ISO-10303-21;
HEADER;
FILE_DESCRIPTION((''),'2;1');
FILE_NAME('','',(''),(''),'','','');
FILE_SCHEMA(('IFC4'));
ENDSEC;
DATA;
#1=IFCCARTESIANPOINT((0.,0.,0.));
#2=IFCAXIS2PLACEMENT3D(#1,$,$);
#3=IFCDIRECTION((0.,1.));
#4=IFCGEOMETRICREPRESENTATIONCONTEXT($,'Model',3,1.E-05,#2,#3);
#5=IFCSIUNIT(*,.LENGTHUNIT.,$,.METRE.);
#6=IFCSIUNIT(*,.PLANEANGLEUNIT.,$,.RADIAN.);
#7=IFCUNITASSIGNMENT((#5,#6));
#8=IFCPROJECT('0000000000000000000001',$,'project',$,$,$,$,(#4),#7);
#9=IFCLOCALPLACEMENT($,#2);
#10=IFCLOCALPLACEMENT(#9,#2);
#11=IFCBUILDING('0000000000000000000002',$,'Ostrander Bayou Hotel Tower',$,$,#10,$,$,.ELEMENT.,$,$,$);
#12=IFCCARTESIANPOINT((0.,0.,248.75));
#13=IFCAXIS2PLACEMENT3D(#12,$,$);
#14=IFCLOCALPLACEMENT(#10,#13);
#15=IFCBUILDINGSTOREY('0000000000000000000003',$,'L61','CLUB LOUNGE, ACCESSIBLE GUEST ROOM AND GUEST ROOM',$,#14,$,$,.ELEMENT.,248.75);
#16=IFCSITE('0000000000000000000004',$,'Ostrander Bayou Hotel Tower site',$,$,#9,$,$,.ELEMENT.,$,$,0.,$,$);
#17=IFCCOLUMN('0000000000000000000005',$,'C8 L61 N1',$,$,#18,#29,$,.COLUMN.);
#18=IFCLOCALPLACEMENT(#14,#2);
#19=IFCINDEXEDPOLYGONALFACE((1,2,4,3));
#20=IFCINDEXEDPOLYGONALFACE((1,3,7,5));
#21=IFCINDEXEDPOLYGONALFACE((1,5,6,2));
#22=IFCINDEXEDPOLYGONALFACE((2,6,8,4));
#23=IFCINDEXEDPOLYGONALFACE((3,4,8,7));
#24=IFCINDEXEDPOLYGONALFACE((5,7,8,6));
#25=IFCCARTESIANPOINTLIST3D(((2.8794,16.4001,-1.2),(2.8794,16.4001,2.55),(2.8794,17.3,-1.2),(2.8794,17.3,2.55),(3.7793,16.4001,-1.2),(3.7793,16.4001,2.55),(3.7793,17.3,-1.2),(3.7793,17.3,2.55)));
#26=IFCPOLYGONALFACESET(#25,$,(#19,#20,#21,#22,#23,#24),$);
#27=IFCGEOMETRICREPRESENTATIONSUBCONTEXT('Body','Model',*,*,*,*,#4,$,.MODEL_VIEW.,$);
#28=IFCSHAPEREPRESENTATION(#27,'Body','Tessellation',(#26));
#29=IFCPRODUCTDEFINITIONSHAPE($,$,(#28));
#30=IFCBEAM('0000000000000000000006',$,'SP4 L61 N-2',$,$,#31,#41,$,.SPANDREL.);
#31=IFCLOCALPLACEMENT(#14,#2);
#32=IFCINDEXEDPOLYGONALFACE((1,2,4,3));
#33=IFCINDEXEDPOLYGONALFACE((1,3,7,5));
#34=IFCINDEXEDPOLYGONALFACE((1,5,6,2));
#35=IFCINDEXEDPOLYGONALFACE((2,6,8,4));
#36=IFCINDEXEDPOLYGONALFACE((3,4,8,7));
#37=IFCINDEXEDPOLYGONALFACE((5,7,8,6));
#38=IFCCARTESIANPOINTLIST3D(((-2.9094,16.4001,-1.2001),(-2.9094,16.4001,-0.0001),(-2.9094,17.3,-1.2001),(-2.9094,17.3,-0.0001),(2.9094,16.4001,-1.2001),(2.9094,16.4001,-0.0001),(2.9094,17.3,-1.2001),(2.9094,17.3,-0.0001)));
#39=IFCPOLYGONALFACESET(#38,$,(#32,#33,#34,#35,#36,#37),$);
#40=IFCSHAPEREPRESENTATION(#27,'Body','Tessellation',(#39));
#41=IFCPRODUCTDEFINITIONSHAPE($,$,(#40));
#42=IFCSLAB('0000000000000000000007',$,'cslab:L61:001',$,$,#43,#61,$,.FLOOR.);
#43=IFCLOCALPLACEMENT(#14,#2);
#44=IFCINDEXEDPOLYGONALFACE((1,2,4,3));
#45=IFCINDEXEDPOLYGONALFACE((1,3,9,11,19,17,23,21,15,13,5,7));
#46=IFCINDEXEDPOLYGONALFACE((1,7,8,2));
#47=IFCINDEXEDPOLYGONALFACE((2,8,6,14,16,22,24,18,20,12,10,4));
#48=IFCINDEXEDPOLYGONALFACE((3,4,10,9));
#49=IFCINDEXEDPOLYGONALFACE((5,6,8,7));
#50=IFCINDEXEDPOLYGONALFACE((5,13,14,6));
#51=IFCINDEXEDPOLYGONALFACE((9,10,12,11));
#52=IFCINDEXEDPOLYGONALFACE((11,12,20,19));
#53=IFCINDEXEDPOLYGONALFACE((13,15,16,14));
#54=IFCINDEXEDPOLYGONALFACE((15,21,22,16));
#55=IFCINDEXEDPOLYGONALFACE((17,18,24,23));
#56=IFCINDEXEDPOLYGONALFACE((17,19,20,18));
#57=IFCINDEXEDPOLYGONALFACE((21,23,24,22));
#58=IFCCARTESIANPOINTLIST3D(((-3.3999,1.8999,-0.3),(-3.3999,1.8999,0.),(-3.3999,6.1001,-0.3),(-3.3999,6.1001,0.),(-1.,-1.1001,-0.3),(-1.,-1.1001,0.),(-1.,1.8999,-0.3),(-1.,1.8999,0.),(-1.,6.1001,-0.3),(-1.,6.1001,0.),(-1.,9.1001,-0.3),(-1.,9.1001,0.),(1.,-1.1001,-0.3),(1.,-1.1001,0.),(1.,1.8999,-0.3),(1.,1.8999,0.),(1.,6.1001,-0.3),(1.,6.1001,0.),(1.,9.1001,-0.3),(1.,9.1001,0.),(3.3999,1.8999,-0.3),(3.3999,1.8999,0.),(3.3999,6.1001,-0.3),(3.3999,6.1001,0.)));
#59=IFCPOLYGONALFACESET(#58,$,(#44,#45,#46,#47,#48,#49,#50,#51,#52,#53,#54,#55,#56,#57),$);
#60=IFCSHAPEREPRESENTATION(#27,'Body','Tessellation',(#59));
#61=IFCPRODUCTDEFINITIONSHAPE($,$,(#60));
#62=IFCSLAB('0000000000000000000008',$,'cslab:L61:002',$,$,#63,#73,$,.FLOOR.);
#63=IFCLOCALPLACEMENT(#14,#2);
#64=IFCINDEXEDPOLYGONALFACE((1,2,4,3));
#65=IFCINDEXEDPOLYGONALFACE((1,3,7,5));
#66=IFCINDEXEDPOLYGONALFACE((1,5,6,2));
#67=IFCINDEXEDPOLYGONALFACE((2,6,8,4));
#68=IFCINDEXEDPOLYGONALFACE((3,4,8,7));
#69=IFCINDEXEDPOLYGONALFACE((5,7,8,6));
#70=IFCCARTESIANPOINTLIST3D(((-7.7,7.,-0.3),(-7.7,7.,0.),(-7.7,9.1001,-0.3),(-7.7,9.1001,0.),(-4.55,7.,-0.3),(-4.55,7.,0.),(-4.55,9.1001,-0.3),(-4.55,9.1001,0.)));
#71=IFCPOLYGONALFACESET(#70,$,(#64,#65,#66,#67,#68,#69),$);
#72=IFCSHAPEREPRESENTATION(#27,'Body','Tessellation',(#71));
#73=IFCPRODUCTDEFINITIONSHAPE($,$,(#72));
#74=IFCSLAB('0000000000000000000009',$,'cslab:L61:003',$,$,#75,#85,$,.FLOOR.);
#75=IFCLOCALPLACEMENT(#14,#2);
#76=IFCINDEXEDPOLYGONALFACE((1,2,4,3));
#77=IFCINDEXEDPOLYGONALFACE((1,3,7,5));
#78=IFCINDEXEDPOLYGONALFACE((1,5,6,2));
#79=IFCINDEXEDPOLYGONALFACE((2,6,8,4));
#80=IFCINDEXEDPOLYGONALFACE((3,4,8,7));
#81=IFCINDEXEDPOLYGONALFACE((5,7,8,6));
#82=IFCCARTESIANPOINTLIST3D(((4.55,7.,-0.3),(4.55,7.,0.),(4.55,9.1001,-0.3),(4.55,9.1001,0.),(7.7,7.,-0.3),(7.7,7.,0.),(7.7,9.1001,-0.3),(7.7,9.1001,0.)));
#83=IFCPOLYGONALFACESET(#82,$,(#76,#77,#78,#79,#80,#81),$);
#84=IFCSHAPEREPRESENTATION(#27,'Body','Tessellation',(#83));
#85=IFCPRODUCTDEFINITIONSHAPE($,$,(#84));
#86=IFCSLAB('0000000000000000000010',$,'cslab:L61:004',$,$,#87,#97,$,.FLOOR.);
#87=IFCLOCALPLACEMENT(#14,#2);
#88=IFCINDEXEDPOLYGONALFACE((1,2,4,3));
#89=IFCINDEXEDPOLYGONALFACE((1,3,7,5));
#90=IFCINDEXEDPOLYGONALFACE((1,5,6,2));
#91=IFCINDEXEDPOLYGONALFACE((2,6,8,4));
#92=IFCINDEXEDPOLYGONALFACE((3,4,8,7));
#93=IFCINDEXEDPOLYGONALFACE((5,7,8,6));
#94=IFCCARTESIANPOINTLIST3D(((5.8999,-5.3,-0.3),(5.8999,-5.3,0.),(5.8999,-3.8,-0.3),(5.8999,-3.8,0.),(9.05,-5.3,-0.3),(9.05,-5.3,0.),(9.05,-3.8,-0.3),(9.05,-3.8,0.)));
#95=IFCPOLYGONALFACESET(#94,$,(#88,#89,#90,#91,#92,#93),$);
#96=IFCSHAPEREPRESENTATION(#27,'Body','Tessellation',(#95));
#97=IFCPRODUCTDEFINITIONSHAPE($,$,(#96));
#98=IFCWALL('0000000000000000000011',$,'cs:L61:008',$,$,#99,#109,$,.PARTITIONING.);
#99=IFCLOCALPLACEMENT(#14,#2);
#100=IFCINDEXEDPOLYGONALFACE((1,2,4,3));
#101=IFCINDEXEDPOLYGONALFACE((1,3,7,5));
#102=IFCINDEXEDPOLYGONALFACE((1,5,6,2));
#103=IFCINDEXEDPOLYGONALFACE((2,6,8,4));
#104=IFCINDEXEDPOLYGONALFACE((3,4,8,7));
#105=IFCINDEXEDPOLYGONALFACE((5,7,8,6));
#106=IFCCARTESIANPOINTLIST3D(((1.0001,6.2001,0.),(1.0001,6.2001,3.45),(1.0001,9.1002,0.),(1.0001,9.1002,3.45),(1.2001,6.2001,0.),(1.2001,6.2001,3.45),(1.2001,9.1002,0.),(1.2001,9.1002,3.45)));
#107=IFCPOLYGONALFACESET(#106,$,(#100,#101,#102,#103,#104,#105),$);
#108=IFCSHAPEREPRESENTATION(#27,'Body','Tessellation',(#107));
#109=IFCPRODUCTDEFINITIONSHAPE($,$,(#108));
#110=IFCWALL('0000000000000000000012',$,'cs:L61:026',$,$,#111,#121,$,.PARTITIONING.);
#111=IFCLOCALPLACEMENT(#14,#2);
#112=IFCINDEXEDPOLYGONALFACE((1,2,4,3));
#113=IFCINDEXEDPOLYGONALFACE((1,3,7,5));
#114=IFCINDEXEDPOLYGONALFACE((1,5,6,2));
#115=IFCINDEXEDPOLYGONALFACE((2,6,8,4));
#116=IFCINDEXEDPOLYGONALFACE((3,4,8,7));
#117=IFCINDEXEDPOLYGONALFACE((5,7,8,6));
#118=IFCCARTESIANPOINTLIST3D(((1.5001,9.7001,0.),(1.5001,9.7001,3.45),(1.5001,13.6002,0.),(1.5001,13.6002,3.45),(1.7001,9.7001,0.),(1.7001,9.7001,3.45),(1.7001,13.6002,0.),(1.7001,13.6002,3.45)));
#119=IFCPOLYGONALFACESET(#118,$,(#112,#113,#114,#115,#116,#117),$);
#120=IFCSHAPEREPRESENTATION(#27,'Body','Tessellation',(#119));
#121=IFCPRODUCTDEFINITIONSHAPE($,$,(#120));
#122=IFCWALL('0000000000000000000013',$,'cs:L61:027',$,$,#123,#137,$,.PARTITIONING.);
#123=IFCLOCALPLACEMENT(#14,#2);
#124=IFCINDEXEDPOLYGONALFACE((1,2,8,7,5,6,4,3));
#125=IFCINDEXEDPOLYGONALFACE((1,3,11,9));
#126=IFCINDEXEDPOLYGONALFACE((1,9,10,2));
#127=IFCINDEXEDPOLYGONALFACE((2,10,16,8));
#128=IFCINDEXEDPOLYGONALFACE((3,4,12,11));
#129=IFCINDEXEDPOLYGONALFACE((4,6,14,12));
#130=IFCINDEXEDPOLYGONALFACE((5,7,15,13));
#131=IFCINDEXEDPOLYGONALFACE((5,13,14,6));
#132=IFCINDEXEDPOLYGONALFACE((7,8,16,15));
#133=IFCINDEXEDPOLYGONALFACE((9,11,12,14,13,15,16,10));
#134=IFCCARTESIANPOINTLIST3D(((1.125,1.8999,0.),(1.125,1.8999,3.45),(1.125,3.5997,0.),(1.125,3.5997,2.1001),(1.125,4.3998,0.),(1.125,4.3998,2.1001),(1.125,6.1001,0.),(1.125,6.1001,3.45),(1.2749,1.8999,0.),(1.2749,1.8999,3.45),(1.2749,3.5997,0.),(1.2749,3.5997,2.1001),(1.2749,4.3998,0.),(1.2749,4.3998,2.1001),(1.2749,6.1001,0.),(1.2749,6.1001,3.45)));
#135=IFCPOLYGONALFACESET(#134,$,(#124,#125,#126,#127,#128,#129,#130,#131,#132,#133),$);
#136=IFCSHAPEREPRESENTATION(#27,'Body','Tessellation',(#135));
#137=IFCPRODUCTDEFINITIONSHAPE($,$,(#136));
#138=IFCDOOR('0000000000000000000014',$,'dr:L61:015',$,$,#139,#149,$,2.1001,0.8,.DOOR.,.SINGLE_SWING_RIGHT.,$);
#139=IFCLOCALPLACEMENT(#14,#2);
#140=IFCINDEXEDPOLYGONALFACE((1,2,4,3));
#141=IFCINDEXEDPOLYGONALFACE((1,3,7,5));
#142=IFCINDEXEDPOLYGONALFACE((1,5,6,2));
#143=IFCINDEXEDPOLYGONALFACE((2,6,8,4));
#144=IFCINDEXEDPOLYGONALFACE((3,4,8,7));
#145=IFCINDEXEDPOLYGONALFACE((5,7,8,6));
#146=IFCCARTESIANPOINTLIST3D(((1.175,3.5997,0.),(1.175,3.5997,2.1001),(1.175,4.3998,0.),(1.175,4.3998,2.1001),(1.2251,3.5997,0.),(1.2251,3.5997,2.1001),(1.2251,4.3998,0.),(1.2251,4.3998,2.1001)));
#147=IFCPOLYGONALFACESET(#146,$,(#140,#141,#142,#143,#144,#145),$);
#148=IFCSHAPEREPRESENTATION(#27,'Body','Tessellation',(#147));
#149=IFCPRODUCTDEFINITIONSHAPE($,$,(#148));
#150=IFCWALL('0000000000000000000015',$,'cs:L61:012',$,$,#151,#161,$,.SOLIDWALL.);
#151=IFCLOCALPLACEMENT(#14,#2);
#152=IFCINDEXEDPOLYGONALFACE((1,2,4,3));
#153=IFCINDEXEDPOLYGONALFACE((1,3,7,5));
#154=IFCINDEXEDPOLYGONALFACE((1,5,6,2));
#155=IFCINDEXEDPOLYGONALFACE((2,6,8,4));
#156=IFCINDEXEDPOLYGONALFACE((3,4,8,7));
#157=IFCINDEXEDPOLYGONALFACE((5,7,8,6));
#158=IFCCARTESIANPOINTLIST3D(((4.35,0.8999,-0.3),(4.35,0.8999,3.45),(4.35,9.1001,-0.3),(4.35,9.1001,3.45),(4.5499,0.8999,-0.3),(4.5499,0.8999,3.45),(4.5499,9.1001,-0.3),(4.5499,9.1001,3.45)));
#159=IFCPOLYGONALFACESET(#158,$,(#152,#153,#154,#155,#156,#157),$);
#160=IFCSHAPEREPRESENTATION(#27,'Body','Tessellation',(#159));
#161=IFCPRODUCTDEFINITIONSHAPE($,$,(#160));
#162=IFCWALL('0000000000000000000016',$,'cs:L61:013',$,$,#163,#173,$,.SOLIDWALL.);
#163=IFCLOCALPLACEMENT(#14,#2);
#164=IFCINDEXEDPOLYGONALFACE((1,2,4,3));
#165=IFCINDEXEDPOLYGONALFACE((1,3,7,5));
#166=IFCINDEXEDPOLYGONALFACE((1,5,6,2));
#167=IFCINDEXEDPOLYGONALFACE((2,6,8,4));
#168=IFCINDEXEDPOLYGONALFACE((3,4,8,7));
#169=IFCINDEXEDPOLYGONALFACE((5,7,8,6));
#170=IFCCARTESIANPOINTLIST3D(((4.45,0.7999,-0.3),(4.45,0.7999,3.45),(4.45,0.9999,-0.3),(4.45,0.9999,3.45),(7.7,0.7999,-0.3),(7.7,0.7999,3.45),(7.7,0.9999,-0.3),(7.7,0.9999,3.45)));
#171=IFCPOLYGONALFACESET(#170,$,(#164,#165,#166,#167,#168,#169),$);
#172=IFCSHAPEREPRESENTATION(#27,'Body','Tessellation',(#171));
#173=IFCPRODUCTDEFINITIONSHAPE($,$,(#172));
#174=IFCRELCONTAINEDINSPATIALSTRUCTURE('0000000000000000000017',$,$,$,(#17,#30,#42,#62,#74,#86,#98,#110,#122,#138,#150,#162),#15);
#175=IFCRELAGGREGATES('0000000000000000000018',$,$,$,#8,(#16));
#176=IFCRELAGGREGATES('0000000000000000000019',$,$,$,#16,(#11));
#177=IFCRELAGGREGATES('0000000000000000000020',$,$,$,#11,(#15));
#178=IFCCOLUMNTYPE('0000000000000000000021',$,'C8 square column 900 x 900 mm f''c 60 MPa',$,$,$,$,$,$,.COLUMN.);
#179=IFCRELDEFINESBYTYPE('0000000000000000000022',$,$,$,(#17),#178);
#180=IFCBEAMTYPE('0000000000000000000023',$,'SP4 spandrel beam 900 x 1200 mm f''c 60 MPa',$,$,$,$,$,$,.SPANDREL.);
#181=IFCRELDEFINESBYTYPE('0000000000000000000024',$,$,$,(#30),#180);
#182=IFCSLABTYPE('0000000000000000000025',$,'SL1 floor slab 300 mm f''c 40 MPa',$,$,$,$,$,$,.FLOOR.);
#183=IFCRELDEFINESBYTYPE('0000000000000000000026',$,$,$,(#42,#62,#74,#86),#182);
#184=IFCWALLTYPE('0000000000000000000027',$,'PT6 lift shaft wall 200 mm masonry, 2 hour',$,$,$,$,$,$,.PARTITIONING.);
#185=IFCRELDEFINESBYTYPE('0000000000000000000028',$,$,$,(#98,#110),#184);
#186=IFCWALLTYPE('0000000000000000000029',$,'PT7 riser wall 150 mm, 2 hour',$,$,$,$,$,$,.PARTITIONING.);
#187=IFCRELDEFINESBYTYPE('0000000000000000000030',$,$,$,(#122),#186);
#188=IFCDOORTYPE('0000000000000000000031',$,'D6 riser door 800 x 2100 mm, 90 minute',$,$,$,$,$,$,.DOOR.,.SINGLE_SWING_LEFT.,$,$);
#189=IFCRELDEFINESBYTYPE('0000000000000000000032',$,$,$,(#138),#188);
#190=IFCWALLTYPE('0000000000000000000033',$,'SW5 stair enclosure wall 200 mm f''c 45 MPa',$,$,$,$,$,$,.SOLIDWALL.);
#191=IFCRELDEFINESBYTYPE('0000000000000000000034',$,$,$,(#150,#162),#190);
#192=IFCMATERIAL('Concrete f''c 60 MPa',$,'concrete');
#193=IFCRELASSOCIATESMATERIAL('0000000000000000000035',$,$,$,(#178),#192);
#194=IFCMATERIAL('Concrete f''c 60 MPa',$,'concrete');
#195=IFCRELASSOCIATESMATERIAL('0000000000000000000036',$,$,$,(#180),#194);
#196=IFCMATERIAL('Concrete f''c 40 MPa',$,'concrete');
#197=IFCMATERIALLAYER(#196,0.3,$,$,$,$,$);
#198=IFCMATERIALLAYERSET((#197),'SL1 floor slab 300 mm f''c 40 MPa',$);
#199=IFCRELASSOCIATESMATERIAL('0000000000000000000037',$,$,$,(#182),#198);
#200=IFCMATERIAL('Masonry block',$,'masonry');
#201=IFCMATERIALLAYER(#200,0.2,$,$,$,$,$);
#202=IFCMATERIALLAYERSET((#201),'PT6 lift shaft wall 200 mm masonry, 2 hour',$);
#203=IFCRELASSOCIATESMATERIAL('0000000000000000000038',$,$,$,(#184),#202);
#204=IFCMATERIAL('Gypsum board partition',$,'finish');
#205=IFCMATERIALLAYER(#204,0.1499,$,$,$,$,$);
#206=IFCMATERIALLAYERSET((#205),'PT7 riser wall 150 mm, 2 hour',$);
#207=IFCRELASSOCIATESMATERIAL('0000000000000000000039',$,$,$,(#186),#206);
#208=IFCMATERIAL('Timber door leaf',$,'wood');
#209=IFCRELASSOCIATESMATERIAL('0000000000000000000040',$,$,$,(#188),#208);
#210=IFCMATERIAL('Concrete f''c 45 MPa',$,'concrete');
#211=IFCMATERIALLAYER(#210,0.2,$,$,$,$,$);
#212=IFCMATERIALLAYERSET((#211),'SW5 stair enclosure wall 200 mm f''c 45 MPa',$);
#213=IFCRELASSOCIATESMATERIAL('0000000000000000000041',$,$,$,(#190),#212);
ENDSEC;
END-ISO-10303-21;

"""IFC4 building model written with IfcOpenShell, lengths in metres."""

from ifc_helpers import new_model, si_unit, direction, frame, frame_2d, origin, origin_2d, place, context, subcontext, project, spatial, polyline, rectangle, outline, extrude, material, layer, layer_set, material_profile, profile_set, type_object, element, fill, save


model = new_model("IFC4")

# Units and contexts
model_context = context("Model", 3, precision=1e-05, world=origin(), true_north=direction((0.0, 1.0)))
body_context = subcontext(model_context, "Body", "Model", "MODEL_VIEW")
ifc_project = project(units=[si_unit("LENGTHUNIT", "METRE"), si_unit("PLANEANGLEUNIT", "RADIAN")], contexts=[model_context])

# Site, building, storey
site_placement = place(None, origin())
site = spatial("IfcSite", under=ifc_project, at=site_placement, Name="Ostrander Bayou Hotel Tower site", CompositionType="ELEMENT", RefElevation=0.0)
building_placement = place(site_placement, origin())
building = spatial("IfcBuilding", under=site, at=building_placement, Name="Ostrander Bayou Hotel Tower", CompositionType="ELEMENT")
storey_placement = place(building_placement, frame((0.0, 0.0, 248.75)))
storey = spatial("IfcBuildingStorey", under=building, at=storey_placement, Name="L61", Description="CLUB LOUNGE, ACCESSIBLE GUEST ROOM AND GUEST ROOM", CompositionType="ELEMENT", Elevation=248.75)

# Column
ifc_material_1 = material(Name="Concrete f'c 60 MPa", Category="concrete")
ifc_material_profile_1 = material_profile(ifc_material_1, rectangle(XDim=0.8999, YDim=0.8999, at=origin_2d()))
ifc_profile_set_1 = profile_set([ifc_material_profile_1], Name="Concrete f'c 60 MPa")
column_type = type_object("IfcColumnType", Name="C8 square column 900 x 900 mm f'c 60 MPa", PredefinedType="COLUMN", material=ifc_profile_set_1)
column_placement = place(storey_placement, frame((3.3293, 16.8501, -1.2), z_axis=(0.0, 0.0, 1.0), x_axis=(1.0, 0.0, 0.0)))
element("IfcColumn", 1, at=column_placement, inside=storey, type_object=column_type, Name="C8 L61 N1", PredefinedType="COLUMN", context=body_context, shape_type="SweptSolid", body=[
    extrude(rectangle(XDim=0.8999, YDim=0.8999, at=origin_2d()), origin(), (0.0, 0.0, 1.0), 3.75),
])

# Beam
ifc_material_2 = material(Name="Concrete f'c 60 MPa", Category="concrete")
ifc_material_profile_2 = material_profile(ifc_material_2, rectangle(XDim=0.8999, YDim=1.2, at=origin_2d()))
ifc_profile_set_2 = profile_set([ifc_material_profile_2], Name="Concrete f'c 60 MPa")
beam_type = type_object("IfcBeamType", Name="SP4 spandrel beam 900 x 1200 mm f'c 60 MPa", PredefinedType="SPANDREL", material=ifc_profile_set_2)
beam_placement = place(storey_placement, frame((2.9094, 16.8501, -0.6001), z_axis=(-1.0, 0.0, 0.0), x_axis=(0.0, -1.0, 0.0)))
element("IfcBeam", 2, at=beam_placement, inside=storey, type_object=beam_type, Name="SP4 L61 N-2", PredefinedType="SPANDREL", context=body_context, shape_type="SweptSolid", body=[
    extrude(rectangle(XDim=0.8999, YDim=1.2, at=origin_2d()), origin(), (0.0, 0.0, 1.0), 5.8188),
])

# Slabs
ifc_material_3 = material(Name="Concrete f'c 40 MPa", Category="concrete")
ifc_layer_1 = layer(ifc_material_3, 0.3)
ifc_layer_set_1 = layer_set([ifc_layer_1], Name="SL1 floor slab 300 mm f'c 40 MPa")
slab_type = type_object("IfcSlabType", Name="SL1 floor slab 300 mm f'c 40 MPa", PredefinedType="FLOOR", material=ifc_layer_set_1)
slab_1_placement = place(storey_placement, frame((0.0, 0.0, -0.3)))
element("IfcSlab", 3, at=slab_1_placement, inside=storey, type_object=slab_type, Name="cslab:L61:001", PredefinedType="FLOOR", context=body_context, shape_type="SweptSolid", body=[
    extrude(outline(polyline([(-3.3999, 6.1001), (-1.0, 6.1001), (-1.0, 9.1001), (1.0, 9.1001), (1.0, 6.1001), (3.3999, 6.1001), (3.3999, 1.8999), (1.0, 1.8999), (1.0, -1.1001), (-1.0, -1.1001), (-1.0, 1.8999), (-3.3999, 1.8999), (-3.3999, 6.1001)])), origin(), (0.0, 0.0, 1.0), 0.3),
])
slab_2_placement = place(storey_placement, frame((0.0, 0.0, -0.3)))
element("IfcSlab", 4, at=slab_2_placement, inside=storey, type_object=slab_type, Name="cslab:L61:002", PredefinedType="FLOOR", context=body_context, shape_type="SweptSolid", body=[
    extrude(outline(polyline([(-4.55, 7.0), (-4.55, 9.1001), (-7.7, 9.1001), (-7.7, 7.0), (-4.55, 7.0)])), origin(), (0.0, 0.0, 1.0), 0.3),
])
slab_3_placement = place(storey_placement, frame((0.0, 0.0, -0.3)))
element("IfcSlab", 5, at=slab_3_placement, inside=storey, type_object=slab_type, Name="cslab:L61:003", PredefinedType="FLOOR", context=body_context, shape_type="SweptSolid", body=[
    extrude(outline(polyline([(7.7, 7.0), (7.7, 9.1001), (4.55, 9.1001), (4.55, 7.0), (7.7, 7.0)])), origin(), (0.0, 0.0, 1.0), 0.3),
])
slab_4_placement = place(storey_placement, frame((0.0, 0.0, -0.3)))
element("IfcSlab", 6, at=slab_4_placement, inside=storey, type_object=slab_type, Name="cslab:L61:004", PredefinedType="FLOOR", context=body_context, shape_type="SweptSolid", body=[
    extrude(outline(polyline([(9.05, -5.3), (9.05, -3.8), (5.8999, -3.8), (5.8999, -5.3), (9.05, -5.3)])), origin(), (0.0, 0.0, 1.0), 0.3),
])

# Shared definitions
ifc_material_4 = material(Name="Masonry block", Category="masonry")
ifc_layer_2 = layer(ifc_material_4, 0.2)
ifc_layer_set_2 = layer_set([ifc_layer_2], Name="PT6 lift shaft wall 200 mm masonry, 2 hour")
wall_type_1 = type_object("IfcWallType", Name="PT6 lift shaft wall 200 mm masonry, 2 hour", PredefinedType="PARTITIONING", material=ifc_layer_set_2)

# Walls
wall_1_placement = place(storey_placement, frame((1.1001, 6.2, 0.0), z_axis=(0.0, 0.0, 1.0), x_axis=(0.0, 1.0, 0.0)))
element("IfcWall", 7, at=wall_1_placement, inside=storey, type_object=wall_type_1, Name="cs:L61:008", PredefinedType="PARTITIONING", context=body_context, shape_type="SweptSolid", body=[
    extrude(rectangle(XDim=2.9001, YDim=0.2, at=frame_2d((1.4502, 0.0))), origin(), (0.0, 0.0, 1.0), 3.45),
])
wall_2_placement = place(storey_placement, frame((1.6001, 9.7, 0.0), z_axis=(0.0, 0.0, 1.0), x_axis=(0.0, 1.0, 0.0)))
element("IfcWall", 8, at=wall_2_placement, inside=storey, type_object=wall_type_1, Name="cs:L61:026", PredefinedType="PARTITIONING", context=body_context, shape_type="SweptSolid", body=[
    extrude(rectangle(XDim=3.9001, YDim=0.2, at=frame_2d((1.9502, 0.0))), origin(), (0.0, 0.0, 1.0), 3.45),
])

# Wall, opening, door
ifc_material_5 = material(Name="Gypsum board partition", Category="finish")
ifc_layer_3 = layer(ifc_material_5, 0.1499)
ifc_layer_set_3 = layer_set([ifc_layer_3], Name="PT7 riser wall 150 mm, 2 hour")
wall_type_2 = type_object("IfcWallType", Name="PT7 riser wall 150 mm, 2 hour", PredefinedType="PARTITIONING", material=ifc_layer_set_3)
wall_3_placement = place(storey_placement, frame((1.2, 1.8999, 0.0), z_axis=(0.0, 0.0, 1.0), x_axis=(0.0, 1.0, 0.0)))
wall_3 = element("IfcWall", 9, at=wall_3_placement, inside=storey, type_object=wall_type_2, Name="cs:L61:027", PredefinedType="PARTITIONING", context=body_context, shape_type="SweptSolid", body=[
    extrude(rectangle(XDim=4.2002, YDim=0.1499, at=frame_2d((2.1001, 0.0))), origin(), (0.0, 0.0, 1.0), 3.45),
])
opening_1_placement = place(wall_3_placement, frame((1.7, 0.0, 0.0)))
opening_1 = element("IfcOpeningElement", 10, at=opening_1_placement, cuts=wall_3, PredefinedType="OPENING", context=body_context, shape_type="SweptSolid", body=[
    extrude(rectangle(XDim=0.8, YDim=2.1001, at=frame_2d((0.3999, 1.05))), frame((0.0, 0.075, 0.0), z_axis=(0.0, -1.0, 0.0), x_axis=(1.0, 0.0, 0.0)), (0.0, 0.0, 1.0), 0.1499),
])
ifc_material_6 = material(Name="Timber door leaf", Category="wood")
door_type_1 = type_object("IfcDoorType", Name="D6 riser door 800 x 2100 mm, 90 minute", OperationType="SINGLE_SWING_LEFT", PredefinedType="DOOR", material=ifc_material_6)
door_1_placement = place(opening_1_placement, origin())
door_1 = element("IfcDoor", 11, at=door_1_placement, inside=storey, type_object=door_type_1, Name="dr:L61:015", OperationType="SINGLE_SWING_RIGHT", OverallHeight=2.1001, OverallWidth=0.8, PredefinedType="DOOR", context=body_context, shape_type="SweptSolid", body=[
    extrude(rectangle(XDim=0.8, YDim=2.1001, at=frame_2d((0.3999, 1.05))), frame((0.0, 0.0249, 0.0), z_axis=(0.0, -1.0, 0.0), x_axis=(1.0, 0.0, 0.0)), (0.0, 0.0, 1.0), 0.05),
])
fill(opening_1, door_1)

# Walls
ifc_material_7 = material(Name="Concrete f'c 45 MPa", Category="concrete")
ifc_layer_4 = layer(ifc_material_7, 0.2)
ifc_layer_set_4 = layer_set([ifc_layer_4], Name="SW5 stair enclosure wall 200 mm f'c 45 MPa")
wall_type_3 = type_object("IfcWallType", Name="SW5 stair enclosure wall 200 mm f'c 45 MPa", PredefinedType="SOLIDWALL", material=ifc_layer_set_4)
wall_4_placement = place(storey_placement, frame((4.45, 0.8999, -0.3), z_axis=(0.0, 0.0, 1.0), x_axis=(0.0, 1.0, 0.0)))
element("IfcWall", 12, at=wall_4_placement, inside=storey, type_object=wall_type_3, Name="cs:L61:012", PredefinedType="SOLIDWALL", context=body_context, shape_type="SweptSolid", body=[
    extrude(rectangle(XDim=8.2002, YDim=0.2, at=frame_2d((4.1001, 0.0))), origin(), (0.0, 0.0, 1.0), 3.75),
])
wall_5_placement = place(storey_placement, frame((4.45, 0.8999, -0.3), z_axis=(0.0, 0.0, 1.0), x_axis=(1.0, 0.0, 0.0)))
element("IfcWall", 13, at=wall_5_placement, inside=storey, type_object=wall_type_3, Name="cs:L61:013", PredefinedType="SOLIDWALL", context=body_context, shape_type="SweptSolid", body=[
    extrude(rectangle(XDim=3.25, YDim=0.2, at=frame_2d((1.625, 0.0))), origin(), (0.0, 0.0, 1.0), 3.75),
])

save(model, "model.ifc")
